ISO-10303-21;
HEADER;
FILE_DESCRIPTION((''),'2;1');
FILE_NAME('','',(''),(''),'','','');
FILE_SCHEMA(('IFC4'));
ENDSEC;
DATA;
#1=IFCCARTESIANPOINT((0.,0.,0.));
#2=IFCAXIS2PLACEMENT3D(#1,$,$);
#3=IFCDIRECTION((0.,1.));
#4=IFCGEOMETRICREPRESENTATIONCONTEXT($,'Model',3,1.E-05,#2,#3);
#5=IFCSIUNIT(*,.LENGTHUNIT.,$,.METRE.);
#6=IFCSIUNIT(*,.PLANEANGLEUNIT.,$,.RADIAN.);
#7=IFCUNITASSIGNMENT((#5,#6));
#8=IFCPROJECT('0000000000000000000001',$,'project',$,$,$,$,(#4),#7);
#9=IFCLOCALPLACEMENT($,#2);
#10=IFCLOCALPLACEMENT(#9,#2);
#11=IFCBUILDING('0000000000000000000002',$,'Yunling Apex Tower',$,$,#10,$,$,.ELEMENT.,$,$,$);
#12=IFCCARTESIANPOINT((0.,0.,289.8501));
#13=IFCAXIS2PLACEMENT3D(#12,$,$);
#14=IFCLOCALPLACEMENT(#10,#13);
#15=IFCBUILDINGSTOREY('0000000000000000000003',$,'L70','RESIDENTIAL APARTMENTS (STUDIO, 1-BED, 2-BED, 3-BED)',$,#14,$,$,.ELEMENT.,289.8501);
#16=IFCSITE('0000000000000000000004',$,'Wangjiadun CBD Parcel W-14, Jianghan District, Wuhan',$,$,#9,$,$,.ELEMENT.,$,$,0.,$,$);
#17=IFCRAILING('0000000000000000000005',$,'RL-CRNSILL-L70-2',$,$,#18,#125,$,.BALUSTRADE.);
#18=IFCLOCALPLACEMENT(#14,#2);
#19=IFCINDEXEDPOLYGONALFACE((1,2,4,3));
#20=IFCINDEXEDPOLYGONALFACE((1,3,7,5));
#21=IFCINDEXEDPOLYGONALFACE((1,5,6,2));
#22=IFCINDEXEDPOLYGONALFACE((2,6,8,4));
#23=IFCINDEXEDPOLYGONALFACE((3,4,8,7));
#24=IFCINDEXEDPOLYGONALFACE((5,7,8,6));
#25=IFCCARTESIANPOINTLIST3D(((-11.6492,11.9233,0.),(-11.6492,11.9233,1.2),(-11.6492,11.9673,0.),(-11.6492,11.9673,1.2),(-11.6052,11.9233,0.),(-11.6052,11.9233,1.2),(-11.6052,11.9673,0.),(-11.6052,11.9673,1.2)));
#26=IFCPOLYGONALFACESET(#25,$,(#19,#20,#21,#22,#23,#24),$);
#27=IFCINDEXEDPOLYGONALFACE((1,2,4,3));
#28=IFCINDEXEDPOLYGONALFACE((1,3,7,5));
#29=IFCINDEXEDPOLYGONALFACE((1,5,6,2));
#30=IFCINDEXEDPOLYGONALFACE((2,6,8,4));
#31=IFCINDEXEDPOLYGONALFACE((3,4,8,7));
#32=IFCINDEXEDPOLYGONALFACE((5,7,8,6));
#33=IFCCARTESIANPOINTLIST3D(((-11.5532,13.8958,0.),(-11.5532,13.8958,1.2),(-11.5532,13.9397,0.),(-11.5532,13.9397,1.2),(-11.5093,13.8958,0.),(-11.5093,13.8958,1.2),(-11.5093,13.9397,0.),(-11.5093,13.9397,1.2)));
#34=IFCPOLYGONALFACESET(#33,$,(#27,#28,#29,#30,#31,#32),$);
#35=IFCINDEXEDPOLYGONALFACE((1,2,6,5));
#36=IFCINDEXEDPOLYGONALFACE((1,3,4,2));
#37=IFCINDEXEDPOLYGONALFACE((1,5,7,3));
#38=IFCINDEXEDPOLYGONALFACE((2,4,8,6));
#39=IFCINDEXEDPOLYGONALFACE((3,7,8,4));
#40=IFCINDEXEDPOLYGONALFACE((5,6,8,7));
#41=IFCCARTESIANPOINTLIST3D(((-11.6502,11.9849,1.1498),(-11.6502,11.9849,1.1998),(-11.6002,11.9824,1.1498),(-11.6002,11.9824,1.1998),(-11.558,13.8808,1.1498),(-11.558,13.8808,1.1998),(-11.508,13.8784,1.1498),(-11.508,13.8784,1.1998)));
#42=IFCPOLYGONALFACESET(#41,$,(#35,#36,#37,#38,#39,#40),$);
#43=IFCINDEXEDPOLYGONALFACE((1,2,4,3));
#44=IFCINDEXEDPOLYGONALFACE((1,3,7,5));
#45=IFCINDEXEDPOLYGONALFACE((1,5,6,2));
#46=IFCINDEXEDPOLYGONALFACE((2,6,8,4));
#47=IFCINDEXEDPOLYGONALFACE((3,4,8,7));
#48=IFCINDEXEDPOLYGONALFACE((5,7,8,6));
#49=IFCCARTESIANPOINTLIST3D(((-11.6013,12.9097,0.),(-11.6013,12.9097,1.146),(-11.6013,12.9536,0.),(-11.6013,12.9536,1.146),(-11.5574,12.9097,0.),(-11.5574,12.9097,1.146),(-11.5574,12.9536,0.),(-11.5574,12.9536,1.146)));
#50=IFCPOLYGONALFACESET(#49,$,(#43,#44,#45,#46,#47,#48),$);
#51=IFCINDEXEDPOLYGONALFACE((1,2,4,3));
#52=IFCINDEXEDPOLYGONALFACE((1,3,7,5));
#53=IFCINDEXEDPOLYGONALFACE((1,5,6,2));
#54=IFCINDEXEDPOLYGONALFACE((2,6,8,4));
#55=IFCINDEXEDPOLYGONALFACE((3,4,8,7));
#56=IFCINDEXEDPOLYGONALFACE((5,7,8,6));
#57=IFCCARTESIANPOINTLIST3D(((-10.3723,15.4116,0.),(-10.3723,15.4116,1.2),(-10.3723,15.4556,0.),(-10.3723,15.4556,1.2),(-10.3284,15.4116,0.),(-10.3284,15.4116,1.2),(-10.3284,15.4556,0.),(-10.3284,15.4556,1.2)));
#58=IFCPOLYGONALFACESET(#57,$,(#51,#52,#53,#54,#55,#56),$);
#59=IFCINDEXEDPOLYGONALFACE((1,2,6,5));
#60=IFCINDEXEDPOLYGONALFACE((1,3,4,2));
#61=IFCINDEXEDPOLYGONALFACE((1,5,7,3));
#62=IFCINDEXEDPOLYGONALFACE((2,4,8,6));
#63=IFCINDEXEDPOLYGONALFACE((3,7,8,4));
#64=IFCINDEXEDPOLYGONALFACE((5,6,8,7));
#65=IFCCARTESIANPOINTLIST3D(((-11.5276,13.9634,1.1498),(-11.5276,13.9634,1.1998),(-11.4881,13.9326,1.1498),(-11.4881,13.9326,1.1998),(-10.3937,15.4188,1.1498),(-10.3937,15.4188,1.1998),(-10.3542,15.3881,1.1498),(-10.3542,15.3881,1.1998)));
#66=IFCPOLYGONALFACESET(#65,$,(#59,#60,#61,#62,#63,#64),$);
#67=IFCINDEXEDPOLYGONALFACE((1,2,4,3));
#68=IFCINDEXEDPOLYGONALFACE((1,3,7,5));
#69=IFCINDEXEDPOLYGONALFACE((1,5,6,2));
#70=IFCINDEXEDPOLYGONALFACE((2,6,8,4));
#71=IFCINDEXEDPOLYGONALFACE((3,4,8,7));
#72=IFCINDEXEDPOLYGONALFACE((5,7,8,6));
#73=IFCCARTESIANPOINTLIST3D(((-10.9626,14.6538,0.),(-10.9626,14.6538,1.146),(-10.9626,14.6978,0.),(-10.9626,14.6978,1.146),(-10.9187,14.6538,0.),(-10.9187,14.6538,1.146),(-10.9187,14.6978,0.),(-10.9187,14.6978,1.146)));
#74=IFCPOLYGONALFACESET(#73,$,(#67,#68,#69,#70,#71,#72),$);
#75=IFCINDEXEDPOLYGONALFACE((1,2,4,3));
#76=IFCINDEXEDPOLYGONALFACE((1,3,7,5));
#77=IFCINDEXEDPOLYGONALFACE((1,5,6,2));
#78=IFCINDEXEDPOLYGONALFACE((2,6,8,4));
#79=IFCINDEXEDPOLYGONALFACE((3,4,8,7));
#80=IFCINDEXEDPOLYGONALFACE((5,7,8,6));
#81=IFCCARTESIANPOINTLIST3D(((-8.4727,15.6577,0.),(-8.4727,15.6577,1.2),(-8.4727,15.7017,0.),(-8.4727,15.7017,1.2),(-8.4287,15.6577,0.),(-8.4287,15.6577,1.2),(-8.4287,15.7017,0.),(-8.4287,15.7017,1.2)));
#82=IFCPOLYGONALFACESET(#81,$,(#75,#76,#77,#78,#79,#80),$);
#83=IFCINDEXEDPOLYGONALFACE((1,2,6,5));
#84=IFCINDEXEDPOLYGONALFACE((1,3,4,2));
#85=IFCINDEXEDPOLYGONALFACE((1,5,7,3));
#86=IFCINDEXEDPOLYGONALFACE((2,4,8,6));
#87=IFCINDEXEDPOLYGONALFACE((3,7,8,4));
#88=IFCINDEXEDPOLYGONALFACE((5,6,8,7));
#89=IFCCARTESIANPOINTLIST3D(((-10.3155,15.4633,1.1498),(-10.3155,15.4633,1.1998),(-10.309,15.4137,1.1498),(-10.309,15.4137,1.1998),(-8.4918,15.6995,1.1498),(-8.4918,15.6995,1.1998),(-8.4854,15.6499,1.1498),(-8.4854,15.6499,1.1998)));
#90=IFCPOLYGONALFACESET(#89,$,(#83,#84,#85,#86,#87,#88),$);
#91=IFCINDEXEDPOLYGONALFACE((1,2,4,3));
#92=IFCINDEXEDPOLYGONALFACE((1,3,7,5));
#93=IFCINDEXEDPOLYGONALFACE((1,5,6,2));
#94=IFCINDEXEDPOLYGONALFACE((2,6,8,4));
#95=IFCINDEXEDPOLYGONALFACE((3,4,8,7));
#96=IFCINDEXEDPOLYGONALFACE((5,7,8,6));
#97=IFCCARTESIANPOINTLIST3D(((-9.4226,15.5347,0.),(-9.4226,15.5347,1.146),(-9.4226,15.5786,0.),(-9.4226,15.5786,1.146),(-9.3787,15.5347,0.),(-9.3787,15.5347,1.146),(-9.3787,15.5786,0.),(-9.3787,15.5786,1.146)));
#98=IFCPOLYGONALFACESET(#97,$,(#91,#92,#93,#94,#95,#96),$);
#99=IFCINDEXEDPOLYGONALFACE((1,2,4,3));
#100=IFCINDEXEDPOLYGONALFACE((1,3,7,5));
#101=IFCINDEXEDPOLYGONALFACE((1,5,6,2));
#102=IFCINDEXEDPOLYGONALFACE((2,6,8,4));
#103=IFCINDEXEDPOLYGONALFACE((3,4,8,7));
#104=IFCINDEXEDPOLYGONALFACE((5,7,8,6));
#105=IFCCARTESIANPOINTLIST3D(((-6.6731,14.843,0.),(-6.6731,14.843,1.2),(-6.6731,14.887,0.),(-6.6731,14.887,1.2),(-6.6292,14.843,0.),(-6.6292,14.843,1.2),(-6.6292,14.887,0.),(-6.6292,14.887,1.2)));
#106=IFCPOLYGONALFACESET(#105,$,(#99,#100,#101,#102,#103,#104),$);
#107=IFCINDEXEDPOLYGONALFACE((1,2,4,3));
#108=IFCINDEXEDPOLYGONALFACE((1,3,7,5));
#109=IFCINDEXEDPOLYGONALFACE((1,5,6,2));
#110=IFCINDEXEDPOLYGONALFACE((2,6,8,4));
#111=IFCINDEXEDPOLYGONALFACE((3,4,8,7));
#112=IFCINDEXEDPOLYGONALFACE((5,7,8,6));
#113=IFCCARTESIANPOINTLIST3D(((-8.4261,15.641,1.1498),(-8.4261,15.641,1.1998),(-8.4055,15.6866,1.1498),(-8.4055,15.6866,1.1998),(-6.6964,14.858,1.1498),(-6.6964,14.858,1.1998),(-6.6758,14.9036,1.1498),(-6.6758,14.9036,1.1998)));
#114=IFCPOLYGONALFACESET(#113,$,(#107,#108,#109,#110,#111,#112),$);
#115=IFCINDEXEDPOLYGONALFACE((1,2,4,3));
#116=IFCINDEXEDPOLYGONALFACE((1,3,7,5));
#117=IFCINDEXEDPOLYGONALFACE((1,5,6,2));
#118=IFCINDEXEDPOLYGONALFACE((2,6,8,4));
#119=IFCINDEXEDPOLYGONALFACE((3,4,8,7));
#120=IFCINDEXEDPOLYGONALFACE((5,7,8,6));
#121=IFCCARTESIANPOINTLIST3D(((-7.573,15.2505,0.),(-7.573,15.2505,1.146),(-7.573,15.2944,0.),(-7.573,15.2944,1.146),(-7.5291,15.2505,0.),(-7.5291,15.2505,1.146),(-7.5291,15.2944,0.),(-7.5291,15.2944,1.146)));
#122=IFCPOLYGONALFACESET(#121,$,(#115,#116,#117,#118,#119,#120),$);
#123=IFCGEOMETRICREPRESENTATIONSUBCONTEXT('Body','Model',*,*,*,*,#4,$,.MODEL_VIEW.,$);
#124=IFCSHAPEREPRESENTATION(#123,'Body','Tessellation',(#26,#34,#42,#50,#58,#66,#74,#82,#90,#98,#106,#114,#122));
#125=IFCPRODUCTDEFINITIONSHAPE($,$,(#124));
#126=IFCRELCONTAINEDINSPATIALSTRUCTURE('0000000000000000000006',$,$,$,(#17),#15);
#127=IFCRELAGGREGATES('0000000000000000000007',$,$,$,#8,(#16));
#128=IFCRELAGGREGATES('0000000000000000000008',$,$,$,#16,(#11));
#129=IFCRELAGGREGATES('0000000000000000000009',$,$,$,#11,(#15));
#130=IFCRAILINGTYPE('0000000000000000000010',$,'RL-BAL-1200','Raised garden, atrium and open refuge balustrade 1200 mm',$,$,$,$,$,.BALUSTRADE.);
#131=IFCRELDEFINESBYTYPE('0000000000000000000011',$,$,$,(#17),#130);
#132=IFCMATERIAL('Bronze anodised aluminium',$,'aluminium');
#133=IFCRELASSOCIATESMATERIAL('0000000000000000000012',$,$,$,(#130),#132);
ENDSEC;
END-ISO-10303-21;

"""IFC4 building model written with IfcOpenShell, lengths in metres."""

from ifc_helpers import new_model, si_unit, direction, frame, origin, origin_2d, place, context, subcontext, project, spatial, rectangle, extrude, material, type_object, element, save


model = new_model("IFC4")

# Units and contexts
model_context = context("Model", 3, precision=1e-05, world=origin(), true_north=direction((0.0, 1.0)))
body_context = subcontext(model_context, "Body", "Model", "MODEL_VIEW")
ifc_project = project(units=[si_unit("LENGTHUNIT", "METRE"), si_unit("PLANEANGLEUNIT", "RADIAN")], contexts=[model_context])

# Site, building, storey
site_placement = place(None, origin())
site = spatial("IfcSite", under=ifc_project, at=site_placement, Name="Wangjiadun CBD Parcel W-14, Jianghan District, Wuhan", CompositionType="ELEMENT", RefElevation=0.0)
building_placement = place(site_placement, origin())
building = spatial("IfcBuilding", under=site, at=building_placement, Name="Yunling Apex Tower", CompositionType="ELEMENT")
storey_placement = place(building_placement, frame((0.0, 0.0, 289.8501)))
storey = spatial("IfcBuildingStorey", under=building, at=storey_placement, Name="L70", Description="RESIDENTIAL APARTMENTS (STUDIO, 1-BED, 2-BED, 3-BED)", CompositionType="ELEMENT", Elevation=289.8501)

# Shared definitions
ifc_material_1 = material(Name="Bronze anodised aluminium", Category="aluminium")

# Railing
railing_type = type_object("IfcRailingType", Name="RL-BAL-1200", Description="Raised garden, atrium and open refuge balustrade 1200 mm", PredefinedType="BALUSTRADE", material=ifc_material_1)
railing_placement = place(storey_placement, frame((-11.6272, 11.9453, 0.0)))
element("IfcRailing", 1, at=railing_placement, inside=storey, type_object=railing_type, Name="RL-CRNSILL-L70-2", PredefinedType="BALUSTRADE", context=body_context, shape_type="SweptSolid", body=[
    extrude(rectangle(XDim=0.0439, YDim=0.0439, at=origin_2d()), origin(), (0.0, 0.0, 1.0), 1.2),
    extrude(rectangle(XDim=0.0439, YDim=0.0439, at=origin_2d()), frame((0.0959, 1.9724, 0.0)), (0.0, 0.0, 1.0), 1.2),
    extrude(rectangle(XDim=0.05, YDim=0.05, at=origin_2d()), frame((0.002, 0.0383, 1.1748), z_axis=(0.048587, 0.998819, 0.0), x_axis=(-0.998819, 0.048587, 0.0)), (0.0, 0.0, 1.0), 1.8982),
    extrude(rectangle(XDim=0.0439, YDim=0.0439, at=origin_2d()), frame((0.0479, 0.9863, 0.0)), (0.0, 0.0, 1.0), 1.146),
    extrude(rectangle(XDim=0.0439, YDim=0.0439, at=origin_2d()), frame((1.2769, 3.4883, 0.0)), (0.0, 0.0, 1.0), 1.2),
    extrude(rectangle(XDim=0.05, YDim=0.05, at=origin_2d()), frame((0.1194, 2.0027, 1.1748), z_axis=(0.614556, 0.788873, 0.0), x_axis=(-0.788873, 0.614556, 0.0)), (0.0, 0.0, 1.0), 1.845),
    extrude(rectangle(XDim=0.0439, YDim=0.0439, at=origin_2d()), frame((0.6865, 2.7305, 0.0)), (0.0, 0.0, 1.0), 1.146),
    extrude(rectangle(XDim=0.0439, YDim=0.0439, at=origin_2d()), frame((3.1765, 3.7344, 0.0)), (0.0, 0.0, 1.0), 1.2),
    extrude(rectangle(XDim=0.05, YDim=0.05, at=origin_2d()), frame((1.3149, 3.4932, 1.1748), z_axis=(0.991713, 0.128473, 0.0), x_axis=(-0.128473, 0.991713, 0.0)), (0.0, 0.0, 1.0), 1.8389),
    extrude(rectangle(XDim=0.0439, YDim=0.0439, at=origin_2d()), frame((2.2266, 3.6113, 0.0)), (0.0, 0.0, 1.0), 1.146),
    extrude(rectangle(XDim=0.0439, YDim=0.0439, at=origin_2d()), frame((4.9761, 2.9197, 0.0)), (0.0, 0.0, 1.0), 1.2),
    extrude(rectangle(XDim=0.05, YDim=0.05, at=origin_2d()), frame((3.2114, 3.7185, 1.1748), z_axis=(0.910992, -0.412424, 0.0), x_axis=(0.412424, 0.910992, 0.0)), (0.0, 0.0, 1.0), 1.8987),
    extrude(rectangle(XDim=0.0439, YDim=0.0439, at=origin_2d()), frame((4.0762, 3.3271, 0.0)), (0.0, 0.0, 1.0), 1.146),
])

save(model, "model.ifc")
